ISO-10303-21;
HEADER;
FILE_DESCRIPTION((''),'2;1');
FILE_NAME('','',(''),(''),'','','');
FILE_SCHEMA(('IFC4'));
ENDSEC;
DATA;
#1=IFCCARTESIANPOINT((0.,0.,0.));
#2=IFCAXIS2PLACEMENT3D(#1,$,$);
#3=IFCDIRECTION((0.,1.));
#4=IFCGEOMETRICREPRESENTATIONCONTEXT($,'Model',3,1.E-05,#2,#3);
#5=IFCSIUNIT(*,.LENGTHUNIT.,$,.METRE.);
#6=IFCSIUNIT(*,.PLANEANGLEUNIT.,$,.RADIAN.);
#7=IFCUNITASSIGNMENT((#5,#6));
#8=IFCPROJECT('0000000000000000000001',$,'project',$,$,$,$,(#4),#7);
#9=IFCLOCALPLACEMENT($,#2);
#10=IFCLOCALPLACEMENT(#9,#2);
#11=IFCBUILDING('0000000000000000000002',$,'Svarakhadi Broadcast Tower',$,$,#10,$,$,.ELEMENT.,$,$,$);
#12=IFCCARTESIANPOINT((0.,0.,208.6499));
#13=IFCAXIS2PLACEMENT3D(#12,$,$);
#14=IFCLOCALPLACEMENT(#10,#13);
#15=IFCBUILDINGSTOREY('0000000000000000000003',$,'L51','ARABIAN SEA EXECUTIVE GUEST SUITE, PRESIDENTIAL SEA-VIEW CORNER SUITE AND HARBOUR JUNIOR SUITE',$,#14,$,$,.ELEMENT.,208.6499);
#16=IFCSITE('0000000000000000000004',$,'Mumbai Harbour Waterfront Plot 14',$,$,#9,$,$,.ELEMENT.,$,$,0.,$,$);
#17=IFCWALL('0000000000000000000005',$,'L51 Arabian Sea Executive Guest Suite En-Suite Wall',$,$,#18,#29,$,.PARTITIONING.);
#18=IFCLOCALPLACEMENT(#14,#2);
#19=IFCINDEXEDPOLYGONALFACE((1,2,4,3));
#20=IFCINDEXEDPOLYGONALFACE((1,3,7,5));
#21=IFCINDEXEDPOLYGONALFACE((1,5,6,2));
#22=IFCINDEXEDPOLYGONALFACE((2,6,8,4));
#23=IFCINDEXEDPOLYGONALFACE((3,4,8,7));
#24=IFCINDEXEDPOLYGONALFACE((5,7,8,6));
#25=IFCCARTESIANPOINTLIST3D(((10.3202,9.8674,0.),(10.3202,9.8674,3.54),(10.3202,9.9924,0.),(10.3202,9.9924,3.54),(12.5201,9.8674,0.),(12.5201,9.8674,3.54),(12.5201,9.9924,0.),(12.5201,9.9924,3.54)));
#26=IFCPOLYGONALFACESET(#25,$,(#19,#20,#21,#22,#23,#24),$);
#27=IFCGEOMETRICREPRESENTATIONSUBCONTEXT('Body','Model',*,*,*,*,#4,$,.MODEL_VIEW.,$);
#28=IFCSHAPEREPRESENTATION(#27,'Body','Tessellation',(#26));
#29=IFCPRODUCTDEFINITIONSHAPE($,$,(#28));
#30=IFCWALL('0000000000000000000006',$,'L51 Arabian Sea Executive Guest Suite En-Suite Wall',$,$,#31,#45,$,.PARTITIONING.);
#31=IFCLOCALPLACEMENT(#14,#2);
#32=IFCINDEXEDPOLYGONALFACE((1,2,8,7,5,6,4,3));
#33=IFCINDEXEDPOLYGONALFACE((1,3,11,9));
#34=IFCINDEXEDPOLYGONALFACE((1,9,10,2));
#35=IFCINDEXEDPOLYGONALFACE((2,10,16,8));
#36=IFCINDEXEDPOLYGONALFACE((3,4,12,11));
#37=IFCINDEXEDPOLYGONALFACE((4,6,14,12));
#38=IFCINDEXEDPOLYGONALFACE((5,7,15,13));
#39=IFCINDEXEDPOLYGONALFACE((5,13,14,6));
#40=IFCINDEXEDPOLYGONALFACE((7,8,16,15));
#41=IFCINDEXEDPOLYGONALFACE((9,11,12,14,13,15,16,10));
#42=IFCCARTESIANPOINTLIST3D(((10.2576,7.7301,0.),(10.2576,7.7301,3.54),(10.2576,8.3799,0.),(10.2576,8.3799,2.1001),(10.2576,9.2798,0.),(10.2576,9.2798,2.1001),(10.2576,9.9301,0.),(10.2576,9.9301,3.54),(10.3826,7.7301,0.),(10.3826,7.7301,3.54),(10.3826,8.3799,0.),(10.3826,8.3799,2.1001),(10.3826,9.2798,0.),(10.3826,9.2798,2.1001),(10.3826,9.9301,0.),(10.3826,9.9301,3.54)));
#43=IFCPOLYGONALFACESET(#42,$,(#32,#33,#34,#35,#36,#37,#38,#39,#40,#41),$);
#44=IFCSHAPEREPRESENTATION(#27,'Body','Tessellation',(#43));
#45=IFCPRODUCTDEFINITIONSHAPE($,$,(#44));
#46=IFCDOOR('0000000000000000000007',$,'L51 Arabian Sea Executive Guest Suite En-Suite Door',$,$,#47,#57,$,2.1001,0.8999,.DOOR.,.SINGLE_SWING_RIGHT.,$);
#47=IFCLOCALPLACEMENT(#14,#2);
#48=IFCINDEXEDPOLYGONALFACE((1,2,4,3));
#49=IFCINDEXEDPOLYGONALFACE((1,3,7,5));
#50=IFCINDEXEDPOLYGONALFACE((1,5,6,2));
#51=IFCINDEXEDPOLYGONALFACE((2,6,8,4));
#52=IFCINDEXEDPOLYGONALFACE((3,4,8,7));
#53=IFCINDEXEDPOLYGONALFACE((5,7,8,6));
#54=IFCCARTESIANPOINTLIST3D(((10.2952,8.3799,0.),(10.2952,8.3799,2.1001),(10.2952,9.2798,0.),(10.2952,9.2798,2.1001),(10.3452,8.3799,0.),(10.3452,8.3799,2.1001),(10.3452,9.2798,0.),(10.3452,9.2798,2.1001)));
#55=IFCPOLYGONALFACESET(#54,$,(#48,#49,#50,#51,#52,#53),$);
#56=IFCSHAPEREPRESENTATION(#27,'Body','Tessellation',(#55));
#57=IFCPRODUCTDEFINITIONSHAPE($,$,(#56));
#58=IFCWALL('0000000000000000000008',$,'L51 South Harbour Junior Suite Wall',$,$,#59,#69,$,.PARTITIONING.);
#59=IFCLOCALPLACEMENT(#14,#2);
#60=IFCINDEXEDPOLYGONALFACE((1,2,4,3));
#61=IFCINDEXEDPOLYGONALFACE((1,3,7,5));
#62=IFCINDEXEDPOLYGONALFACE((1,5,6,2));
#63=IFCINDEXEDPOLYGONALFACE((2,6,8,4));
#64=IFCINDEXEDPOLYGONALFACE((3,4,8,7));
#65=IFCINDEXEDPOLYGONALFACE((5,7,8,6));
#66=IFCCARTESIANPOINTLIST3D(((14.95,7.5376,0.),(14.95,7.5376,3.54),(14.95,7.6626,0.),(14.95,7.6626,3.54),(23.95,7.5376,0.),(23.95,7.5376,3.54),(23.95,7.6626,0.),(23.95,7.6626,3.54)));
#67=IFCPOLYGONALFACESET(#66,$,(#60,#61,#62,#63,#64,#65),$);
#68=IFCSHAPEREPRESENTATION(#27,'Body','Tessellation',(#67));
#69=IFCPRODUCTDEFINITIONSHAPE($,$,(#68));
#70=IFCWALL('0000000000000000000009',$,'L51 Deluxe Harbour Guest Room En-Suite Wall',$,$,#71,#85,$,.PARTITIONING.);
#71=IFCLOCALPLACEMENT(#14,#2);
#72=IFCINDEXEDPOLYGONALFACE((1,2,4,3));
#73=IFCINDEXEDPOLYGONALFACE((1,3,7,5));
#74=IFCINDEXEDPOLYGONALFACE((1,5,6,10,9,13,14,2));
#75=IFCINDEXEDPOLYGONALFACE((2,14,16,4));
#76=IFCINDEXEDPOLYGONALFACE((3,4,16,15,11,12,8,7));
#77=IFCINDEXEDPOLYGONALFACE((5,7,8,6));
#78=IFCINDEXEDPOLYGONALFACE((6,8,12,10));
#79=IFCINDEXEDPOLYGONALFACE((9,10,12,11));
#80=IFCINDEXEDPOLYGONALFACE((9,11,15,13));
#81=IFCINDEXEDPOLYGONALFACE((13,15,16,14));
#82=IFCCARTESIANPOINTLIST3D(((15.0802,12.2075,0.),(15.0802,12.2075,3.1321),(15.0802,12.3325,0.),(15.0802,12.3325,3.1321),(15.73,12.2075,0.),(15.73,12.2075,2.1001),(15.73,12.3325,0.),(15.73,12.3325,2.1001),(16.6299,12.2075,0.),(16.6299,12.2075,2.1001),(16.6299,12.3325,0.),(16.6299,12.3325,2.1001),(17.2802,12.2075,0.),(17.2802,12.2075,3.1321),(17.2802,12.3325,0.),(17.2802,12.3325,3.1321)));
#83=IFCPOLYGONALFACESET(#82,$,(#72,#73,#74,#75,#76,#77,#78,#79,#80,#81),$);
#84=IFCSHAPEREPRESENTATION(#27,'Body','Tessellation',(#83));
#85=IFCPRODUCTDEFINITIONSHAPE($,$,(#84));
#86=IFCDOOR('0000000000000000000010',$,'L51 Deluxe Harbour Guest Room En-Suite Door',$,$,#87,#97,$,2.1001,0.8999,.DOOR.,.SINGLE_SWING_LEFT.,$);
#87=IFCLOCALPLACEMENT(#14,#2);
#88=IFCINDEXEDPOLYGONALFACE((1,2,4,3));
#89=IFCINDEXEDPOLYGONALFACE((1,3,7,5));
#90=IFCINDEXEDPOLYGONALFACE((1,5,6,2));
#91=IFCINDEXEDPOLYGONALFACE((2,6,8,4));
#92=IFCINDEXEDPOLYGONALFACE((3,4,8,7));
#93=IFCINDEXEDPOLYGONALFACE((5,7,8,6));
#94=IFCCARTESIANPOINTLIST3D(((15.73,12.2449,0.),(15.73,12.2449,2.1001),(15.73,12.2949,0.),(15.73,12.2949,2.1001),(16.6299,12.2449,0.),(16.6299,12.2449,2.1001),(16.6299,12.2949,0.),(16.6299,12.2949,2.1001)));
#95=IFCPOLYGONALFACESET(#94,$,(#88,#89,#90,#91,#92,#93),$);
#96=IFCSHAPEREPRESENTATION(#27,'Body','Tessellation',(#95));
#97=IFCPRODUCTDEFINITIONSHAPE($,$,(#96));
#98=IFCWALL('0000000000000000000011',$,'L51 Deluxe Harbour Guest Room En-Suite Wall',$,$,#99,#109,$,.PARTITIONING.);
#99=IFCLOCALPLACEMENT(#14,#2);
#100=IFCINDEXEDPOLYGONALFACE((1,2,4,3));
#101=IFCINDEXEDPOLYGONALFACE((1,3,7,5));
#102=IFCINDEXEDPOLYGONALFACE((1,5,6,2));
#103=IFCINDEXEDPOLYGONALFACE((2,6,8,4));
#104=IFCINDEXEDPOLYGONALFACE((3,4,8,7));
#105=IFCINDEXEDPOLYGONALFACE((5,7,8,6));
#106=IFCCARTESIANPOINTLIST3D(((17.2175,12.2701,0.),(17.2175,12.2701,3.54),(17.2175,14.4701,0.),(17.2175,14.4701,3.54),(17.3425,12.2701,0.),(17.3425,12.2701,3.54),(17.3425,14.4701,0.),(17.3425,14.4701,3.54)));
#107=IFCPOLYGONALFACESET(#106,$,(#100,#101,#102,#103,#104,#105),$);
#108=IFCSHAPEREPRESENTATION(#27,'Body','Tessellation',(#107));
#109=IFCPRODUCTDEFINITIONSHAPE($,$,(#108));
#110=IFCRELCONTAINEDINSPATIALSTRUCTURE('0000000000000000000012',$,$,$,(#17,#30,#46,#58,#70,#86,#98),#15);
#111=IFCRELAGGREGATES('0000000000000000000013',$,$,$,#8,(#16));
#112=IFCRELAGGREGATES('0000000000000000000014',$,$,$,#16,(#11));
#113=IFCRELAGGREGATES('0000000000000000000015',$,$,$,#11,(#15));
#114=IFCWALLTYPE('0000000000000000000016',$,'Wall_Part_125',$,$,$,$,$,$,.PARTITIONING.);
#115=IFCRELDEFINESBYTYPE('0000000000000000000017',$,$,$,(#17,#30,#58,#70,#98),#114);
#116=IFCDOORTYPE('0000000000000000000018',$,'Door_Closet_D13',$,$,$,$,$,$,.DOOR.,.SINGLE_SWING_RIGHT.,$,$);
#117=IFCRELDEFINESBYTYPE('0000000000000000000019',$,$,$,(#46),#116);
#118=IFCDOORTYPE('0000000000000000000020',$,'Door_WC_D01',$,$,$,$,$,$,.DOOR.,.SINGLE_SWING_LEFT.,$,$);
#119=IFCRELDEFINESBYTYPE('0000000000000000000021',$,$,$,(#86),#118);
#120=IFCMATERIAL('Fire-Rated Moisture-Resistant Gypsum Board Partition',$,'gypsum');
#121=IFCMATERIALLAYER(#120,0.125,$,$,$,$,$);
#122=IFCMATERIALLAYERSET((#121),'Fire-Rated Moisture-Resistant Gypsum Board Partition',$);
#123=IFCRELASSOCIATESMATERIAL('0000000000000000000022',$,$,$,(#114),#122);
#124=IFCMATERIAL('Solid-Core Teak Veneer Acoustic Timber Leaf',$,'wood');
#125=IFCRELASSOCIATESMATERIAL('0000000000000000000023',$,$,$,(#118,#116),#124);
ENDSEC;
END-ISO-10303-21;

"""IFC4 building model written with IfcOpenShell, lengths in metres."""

from ifc_helpers import new_model, si_unit, direction, frame, frame_2d, origin, place, context, subcontext, project, spatial, rectangle, extrude, material, layer, layer_set, type_object, element, fill, save


model = new_model("IFC4")

# Units and contexts
model_context = context("Model", 3, precision=1e-05, world=origin(), true_north=direction((0.0, 1.0)))
body_context = subcontext(model_context, "Body", "Model", "MODEL_VIEW")
ifc_project = project(units=[si_unit("LENGTHUNIT", "METRE"), si_unit("PLANEANGLEUNIT", "RADIAN")], contexts=[model_context])

# Site, building, storey
site_placement = place(None, origin())
site = spatial("IfcSite", under=ifc_project, at=site_placement, Name="Mumbai Harbour Waterfront Plot 14", CompositionType="ELEMENT", RefElevation=0.0)
building_placement = place(site_placement, origin())
building = spatial("IfcBuilding", under=site, at=building_placement, Name="Svarakhadi Broadcast Tower", CompositionType="ELEMENT")
storey_placement = place(building_placement, frame((0.0, 0.0, 208.6499)))
storey = spatial("IfcBuildingStorey", under=building, at=storey_placement, Name="L51", Description="ARABIAN SEA EXECUTIVE GUEST SUITE, PRESIDENTIAL SEA-VIEW CORNER SUITE AND HARBOUR JUNIOR SUITE", CompositionType="ELEMENT", Elevation=208.6499)

# Shared definitions
ifc_material_1 = material(Name="Solid-Core Teak Veneer Acoustic Timber Leaf", Category="wood")

# Shared definitions
ifc_material_2 = material(Name="Fire-Rated Moisture-Resistant Gypsum Board Partition", Category="gypsum")
ifc_layer_1 = layer(ifc_material_2, 0.125)
ifc_layer_set_1 = layer_set([ifc_layer_1], Name="Fire-Rated Moisture-Resistant Gypsum Board Partition")
wall_type_1 = type_object("IfcWallType", Name="Wall_Part_125", PredefinedType="PARTITIONING", material=ifc_layer_set_1)

# Shared definitions
door_type_1 = type_object("IfcDoorType", Name="Door_WC_D01", OperationType="SINGLE_SWING_LEFT", PredefinedType="DOOR", material=ifc_material_1)

# Wall
wall_1_placement = place(storey_placement, frame((10.3201, 9.9299, 0.0), z_axis=(0.0, 0.0, 1.0), x_axis=(1.0, 0.0, 0.0)))
element("IfcWall", 1, at=wall_1_placement, inside=storey, type_object=wall_type_1, Name="L51 Arabian Sea Executive Guest Suite En-Suite Wall", PredefinedType="PARTITIONING", context=body_context, shape_type="SweptSolid", body=[
    extrude(rectangle(XDim=2.2, YDim=0.125, at=frame_2d((1.1001, 0.0))), origin(), (0.0, 0.0, 1.0), 3.54),
])

# Wall, opening, door
wall_2_placement = place(storey_placement, frame((10.3201, 7.73, 0.0), z_axis=(0.0, 0.0, 1.0), x_axis=(0.0, 1.0, 0.0)))
wall_2 = element("IfcWall", 2, at=wall_2_placement, inside=storey, type_object=wall_type_1, Name="L51 Arabian Sea Executive Guest Suite En-Suite Wall", PredefinedType="PARTITIONING", context=body_context, shape_type="SweptSolid", body=[
    extrude(rectangle(XDim=2.2, YDim=0.125, at=frame_2d((1.1001, 0.0))), origin(), (0.0, 0.0, 1.0), 3.54),
])
opening_1_placement = place(wall_2_placement, frame((0.6499, 0.0, 0.0)))
opening_1 = element("IfcOpeningElement", 3, at=opening_1_placement, cuts=wall_2, PredefinedType="OPENING", context=body_context, shape_type="SweptSolid", body=[
    extrude(rectangle(XDim=0.8999, YDim=2.1001, at=frame_2d((0.45, 1.05))), frame((0.0, 0.0725, 0.0), z_axis=(0.0, -1.0, 0.0), x_axis=(1.0, 0.0, 0.0)), (0.0, 0.0, 1.0), 0.145),
])
door_type_2 = type_object("IfcDoorType", Name="Door_Closet_D13", OperationType="SINGLE_SWING_RIGHT", PredefinedType="DOOR", material=ifc_material_1)
door_1_placement = place(opening_1_placement, origin())
door_1 = element("IfcDoor", 4, at=door_1_placement, inside=storey, type_object=door_type_2, Name="L51 Arabian Sea Executive Guest Suite En-Suite Door", OperationType="SINGLE_SWING_RIGHT", OverallHeight=2.1001, OverallWidth=0.8999, PredefinedType="DOOR", context=body_context, shape_type="SweptSolid", body=[
    extrude(rectangle(XDim=0.8999, YDim=2.1001, at=frame_2d((0.45, 1.05))), frame((0.0, 0.0249, 0.0), z_axis=(0.0, -1.0, 0.0), x_axis=(1.0, 0.0, 0.0)), (0.0, 0.0, 1.0), 0.05),
])
fill(opening_1, door_1)

# Wall
wall_3_placement = place(storey_placement, frame((14.95, 7.6001, 0.0), z_axis=(0.0, 0.0, 1.0), x_axis=(1.0, 0.0, 0.0)))
element("IfcWall", 5, at=wall_3_placement, inside=storey, type_object=wall_type_1, Name="L51 South Harbour Junior Suite Wall", PredefinedType="PARTITIONING", context=body_context, shape_type="SweptSolid", body=[
    extrude(rectangle(XDim=9.0, YDim=0.125, at=frame_2d((4.5, 0.0))), origin(), (0.0, 0.0, 1.0), 3.54),
])

# Wall, opening, door
wall_4_placement = place(storey_placement, frame((15.0801, 12.27, 0.0), z_axis=(0.0, 0.0, 1.0), x_axis=(1.0, 0.0, 0.0)))
wall_4 = element("IfcWall", 6, at=wall_4_placement, inside=storey, type_object=wall_type_1, Name="L51 Deluxe Harbour Guest Room En-Suite Wall", PredefinedType="PARTITIONING", context=body_context, shape_type="SweptSolid", body=[
    extrude(rectangle(XDim=2.2, YDim=0.125, at=frame_2d((1.1001, 0.0))), origin(), (0.0, 0.0, 1.0), 3.1321),
])
opening_2_placement = place(wall_4_placement, frame((0.6499, 0.0, 0.0)))
opening_2 = element("IfcOpeningElement", 7, at=opening_2_placement, cuts=wall_4, PredefinedType="OPENING", context=body_context, shape_type="SweptSolid", body=[
    extrude(rectangle(XDim=0.8999, YDim=2.1001, at=frame_2d((0.45, 1.05))), frame((0.0, 0.0725, 0.0), z_axis=(0.0, -1.0, 0.0), x_axis=(1.0, 0.0, 0.0)), (0.0, 0.0, 1.0), 0.145),
])
door_2_placement = place(opening_2_placement, origin())
door_2 = element("IfcDoor", 8, at=door_2_placement, inside=storey, type_object=door_type_1, Name="L51 Deluxe Harbour Guest Room En-Suite Door", OperationType="SINGLE_SWING_LEFT", OverallHeight=2.1001, OverallWidth=0.8999, PredefinedType="DOOR", context=body_context, shape_type="SweptSolid", body=[
    extrude(rectangle(XDim=0.8999, YDim=2.1001, at=frame_2d((0.45, 1.05))), frame((0.0, 0.0249, 0.0), z_axis=(0.0, -1.0, 0.0), x_axis=(1.0, 0.0, 0.0)), (0.0, 0.0, 1.0), 0.05),
])
fill(opening_2, door_2)

# Wall
wall_5_placement = place(storey_placement, frame((17.28, 12.27, 0.0), z_axis=(0.0, 0.0, 1.0), x_axis=(0.0, 1.0, 0.0)))
element("IfcWall", 9, at=wall_5_placement, inside=storey, type_object=wall_type_1, Name="L51 Deluxe Harbour Guest Room En-Suite Wall", PredefinedType="PARTITIONING", context=body_context, shape_type="SweptSolid", body=[
    extrude(rectangle(XDim=2.2, YDim=0.125, at=frame_2d((1.1001, 0.0))), origin(), (0.0, 0.0, 1.0), 3.54),
])

save(model, "model.ifc")
